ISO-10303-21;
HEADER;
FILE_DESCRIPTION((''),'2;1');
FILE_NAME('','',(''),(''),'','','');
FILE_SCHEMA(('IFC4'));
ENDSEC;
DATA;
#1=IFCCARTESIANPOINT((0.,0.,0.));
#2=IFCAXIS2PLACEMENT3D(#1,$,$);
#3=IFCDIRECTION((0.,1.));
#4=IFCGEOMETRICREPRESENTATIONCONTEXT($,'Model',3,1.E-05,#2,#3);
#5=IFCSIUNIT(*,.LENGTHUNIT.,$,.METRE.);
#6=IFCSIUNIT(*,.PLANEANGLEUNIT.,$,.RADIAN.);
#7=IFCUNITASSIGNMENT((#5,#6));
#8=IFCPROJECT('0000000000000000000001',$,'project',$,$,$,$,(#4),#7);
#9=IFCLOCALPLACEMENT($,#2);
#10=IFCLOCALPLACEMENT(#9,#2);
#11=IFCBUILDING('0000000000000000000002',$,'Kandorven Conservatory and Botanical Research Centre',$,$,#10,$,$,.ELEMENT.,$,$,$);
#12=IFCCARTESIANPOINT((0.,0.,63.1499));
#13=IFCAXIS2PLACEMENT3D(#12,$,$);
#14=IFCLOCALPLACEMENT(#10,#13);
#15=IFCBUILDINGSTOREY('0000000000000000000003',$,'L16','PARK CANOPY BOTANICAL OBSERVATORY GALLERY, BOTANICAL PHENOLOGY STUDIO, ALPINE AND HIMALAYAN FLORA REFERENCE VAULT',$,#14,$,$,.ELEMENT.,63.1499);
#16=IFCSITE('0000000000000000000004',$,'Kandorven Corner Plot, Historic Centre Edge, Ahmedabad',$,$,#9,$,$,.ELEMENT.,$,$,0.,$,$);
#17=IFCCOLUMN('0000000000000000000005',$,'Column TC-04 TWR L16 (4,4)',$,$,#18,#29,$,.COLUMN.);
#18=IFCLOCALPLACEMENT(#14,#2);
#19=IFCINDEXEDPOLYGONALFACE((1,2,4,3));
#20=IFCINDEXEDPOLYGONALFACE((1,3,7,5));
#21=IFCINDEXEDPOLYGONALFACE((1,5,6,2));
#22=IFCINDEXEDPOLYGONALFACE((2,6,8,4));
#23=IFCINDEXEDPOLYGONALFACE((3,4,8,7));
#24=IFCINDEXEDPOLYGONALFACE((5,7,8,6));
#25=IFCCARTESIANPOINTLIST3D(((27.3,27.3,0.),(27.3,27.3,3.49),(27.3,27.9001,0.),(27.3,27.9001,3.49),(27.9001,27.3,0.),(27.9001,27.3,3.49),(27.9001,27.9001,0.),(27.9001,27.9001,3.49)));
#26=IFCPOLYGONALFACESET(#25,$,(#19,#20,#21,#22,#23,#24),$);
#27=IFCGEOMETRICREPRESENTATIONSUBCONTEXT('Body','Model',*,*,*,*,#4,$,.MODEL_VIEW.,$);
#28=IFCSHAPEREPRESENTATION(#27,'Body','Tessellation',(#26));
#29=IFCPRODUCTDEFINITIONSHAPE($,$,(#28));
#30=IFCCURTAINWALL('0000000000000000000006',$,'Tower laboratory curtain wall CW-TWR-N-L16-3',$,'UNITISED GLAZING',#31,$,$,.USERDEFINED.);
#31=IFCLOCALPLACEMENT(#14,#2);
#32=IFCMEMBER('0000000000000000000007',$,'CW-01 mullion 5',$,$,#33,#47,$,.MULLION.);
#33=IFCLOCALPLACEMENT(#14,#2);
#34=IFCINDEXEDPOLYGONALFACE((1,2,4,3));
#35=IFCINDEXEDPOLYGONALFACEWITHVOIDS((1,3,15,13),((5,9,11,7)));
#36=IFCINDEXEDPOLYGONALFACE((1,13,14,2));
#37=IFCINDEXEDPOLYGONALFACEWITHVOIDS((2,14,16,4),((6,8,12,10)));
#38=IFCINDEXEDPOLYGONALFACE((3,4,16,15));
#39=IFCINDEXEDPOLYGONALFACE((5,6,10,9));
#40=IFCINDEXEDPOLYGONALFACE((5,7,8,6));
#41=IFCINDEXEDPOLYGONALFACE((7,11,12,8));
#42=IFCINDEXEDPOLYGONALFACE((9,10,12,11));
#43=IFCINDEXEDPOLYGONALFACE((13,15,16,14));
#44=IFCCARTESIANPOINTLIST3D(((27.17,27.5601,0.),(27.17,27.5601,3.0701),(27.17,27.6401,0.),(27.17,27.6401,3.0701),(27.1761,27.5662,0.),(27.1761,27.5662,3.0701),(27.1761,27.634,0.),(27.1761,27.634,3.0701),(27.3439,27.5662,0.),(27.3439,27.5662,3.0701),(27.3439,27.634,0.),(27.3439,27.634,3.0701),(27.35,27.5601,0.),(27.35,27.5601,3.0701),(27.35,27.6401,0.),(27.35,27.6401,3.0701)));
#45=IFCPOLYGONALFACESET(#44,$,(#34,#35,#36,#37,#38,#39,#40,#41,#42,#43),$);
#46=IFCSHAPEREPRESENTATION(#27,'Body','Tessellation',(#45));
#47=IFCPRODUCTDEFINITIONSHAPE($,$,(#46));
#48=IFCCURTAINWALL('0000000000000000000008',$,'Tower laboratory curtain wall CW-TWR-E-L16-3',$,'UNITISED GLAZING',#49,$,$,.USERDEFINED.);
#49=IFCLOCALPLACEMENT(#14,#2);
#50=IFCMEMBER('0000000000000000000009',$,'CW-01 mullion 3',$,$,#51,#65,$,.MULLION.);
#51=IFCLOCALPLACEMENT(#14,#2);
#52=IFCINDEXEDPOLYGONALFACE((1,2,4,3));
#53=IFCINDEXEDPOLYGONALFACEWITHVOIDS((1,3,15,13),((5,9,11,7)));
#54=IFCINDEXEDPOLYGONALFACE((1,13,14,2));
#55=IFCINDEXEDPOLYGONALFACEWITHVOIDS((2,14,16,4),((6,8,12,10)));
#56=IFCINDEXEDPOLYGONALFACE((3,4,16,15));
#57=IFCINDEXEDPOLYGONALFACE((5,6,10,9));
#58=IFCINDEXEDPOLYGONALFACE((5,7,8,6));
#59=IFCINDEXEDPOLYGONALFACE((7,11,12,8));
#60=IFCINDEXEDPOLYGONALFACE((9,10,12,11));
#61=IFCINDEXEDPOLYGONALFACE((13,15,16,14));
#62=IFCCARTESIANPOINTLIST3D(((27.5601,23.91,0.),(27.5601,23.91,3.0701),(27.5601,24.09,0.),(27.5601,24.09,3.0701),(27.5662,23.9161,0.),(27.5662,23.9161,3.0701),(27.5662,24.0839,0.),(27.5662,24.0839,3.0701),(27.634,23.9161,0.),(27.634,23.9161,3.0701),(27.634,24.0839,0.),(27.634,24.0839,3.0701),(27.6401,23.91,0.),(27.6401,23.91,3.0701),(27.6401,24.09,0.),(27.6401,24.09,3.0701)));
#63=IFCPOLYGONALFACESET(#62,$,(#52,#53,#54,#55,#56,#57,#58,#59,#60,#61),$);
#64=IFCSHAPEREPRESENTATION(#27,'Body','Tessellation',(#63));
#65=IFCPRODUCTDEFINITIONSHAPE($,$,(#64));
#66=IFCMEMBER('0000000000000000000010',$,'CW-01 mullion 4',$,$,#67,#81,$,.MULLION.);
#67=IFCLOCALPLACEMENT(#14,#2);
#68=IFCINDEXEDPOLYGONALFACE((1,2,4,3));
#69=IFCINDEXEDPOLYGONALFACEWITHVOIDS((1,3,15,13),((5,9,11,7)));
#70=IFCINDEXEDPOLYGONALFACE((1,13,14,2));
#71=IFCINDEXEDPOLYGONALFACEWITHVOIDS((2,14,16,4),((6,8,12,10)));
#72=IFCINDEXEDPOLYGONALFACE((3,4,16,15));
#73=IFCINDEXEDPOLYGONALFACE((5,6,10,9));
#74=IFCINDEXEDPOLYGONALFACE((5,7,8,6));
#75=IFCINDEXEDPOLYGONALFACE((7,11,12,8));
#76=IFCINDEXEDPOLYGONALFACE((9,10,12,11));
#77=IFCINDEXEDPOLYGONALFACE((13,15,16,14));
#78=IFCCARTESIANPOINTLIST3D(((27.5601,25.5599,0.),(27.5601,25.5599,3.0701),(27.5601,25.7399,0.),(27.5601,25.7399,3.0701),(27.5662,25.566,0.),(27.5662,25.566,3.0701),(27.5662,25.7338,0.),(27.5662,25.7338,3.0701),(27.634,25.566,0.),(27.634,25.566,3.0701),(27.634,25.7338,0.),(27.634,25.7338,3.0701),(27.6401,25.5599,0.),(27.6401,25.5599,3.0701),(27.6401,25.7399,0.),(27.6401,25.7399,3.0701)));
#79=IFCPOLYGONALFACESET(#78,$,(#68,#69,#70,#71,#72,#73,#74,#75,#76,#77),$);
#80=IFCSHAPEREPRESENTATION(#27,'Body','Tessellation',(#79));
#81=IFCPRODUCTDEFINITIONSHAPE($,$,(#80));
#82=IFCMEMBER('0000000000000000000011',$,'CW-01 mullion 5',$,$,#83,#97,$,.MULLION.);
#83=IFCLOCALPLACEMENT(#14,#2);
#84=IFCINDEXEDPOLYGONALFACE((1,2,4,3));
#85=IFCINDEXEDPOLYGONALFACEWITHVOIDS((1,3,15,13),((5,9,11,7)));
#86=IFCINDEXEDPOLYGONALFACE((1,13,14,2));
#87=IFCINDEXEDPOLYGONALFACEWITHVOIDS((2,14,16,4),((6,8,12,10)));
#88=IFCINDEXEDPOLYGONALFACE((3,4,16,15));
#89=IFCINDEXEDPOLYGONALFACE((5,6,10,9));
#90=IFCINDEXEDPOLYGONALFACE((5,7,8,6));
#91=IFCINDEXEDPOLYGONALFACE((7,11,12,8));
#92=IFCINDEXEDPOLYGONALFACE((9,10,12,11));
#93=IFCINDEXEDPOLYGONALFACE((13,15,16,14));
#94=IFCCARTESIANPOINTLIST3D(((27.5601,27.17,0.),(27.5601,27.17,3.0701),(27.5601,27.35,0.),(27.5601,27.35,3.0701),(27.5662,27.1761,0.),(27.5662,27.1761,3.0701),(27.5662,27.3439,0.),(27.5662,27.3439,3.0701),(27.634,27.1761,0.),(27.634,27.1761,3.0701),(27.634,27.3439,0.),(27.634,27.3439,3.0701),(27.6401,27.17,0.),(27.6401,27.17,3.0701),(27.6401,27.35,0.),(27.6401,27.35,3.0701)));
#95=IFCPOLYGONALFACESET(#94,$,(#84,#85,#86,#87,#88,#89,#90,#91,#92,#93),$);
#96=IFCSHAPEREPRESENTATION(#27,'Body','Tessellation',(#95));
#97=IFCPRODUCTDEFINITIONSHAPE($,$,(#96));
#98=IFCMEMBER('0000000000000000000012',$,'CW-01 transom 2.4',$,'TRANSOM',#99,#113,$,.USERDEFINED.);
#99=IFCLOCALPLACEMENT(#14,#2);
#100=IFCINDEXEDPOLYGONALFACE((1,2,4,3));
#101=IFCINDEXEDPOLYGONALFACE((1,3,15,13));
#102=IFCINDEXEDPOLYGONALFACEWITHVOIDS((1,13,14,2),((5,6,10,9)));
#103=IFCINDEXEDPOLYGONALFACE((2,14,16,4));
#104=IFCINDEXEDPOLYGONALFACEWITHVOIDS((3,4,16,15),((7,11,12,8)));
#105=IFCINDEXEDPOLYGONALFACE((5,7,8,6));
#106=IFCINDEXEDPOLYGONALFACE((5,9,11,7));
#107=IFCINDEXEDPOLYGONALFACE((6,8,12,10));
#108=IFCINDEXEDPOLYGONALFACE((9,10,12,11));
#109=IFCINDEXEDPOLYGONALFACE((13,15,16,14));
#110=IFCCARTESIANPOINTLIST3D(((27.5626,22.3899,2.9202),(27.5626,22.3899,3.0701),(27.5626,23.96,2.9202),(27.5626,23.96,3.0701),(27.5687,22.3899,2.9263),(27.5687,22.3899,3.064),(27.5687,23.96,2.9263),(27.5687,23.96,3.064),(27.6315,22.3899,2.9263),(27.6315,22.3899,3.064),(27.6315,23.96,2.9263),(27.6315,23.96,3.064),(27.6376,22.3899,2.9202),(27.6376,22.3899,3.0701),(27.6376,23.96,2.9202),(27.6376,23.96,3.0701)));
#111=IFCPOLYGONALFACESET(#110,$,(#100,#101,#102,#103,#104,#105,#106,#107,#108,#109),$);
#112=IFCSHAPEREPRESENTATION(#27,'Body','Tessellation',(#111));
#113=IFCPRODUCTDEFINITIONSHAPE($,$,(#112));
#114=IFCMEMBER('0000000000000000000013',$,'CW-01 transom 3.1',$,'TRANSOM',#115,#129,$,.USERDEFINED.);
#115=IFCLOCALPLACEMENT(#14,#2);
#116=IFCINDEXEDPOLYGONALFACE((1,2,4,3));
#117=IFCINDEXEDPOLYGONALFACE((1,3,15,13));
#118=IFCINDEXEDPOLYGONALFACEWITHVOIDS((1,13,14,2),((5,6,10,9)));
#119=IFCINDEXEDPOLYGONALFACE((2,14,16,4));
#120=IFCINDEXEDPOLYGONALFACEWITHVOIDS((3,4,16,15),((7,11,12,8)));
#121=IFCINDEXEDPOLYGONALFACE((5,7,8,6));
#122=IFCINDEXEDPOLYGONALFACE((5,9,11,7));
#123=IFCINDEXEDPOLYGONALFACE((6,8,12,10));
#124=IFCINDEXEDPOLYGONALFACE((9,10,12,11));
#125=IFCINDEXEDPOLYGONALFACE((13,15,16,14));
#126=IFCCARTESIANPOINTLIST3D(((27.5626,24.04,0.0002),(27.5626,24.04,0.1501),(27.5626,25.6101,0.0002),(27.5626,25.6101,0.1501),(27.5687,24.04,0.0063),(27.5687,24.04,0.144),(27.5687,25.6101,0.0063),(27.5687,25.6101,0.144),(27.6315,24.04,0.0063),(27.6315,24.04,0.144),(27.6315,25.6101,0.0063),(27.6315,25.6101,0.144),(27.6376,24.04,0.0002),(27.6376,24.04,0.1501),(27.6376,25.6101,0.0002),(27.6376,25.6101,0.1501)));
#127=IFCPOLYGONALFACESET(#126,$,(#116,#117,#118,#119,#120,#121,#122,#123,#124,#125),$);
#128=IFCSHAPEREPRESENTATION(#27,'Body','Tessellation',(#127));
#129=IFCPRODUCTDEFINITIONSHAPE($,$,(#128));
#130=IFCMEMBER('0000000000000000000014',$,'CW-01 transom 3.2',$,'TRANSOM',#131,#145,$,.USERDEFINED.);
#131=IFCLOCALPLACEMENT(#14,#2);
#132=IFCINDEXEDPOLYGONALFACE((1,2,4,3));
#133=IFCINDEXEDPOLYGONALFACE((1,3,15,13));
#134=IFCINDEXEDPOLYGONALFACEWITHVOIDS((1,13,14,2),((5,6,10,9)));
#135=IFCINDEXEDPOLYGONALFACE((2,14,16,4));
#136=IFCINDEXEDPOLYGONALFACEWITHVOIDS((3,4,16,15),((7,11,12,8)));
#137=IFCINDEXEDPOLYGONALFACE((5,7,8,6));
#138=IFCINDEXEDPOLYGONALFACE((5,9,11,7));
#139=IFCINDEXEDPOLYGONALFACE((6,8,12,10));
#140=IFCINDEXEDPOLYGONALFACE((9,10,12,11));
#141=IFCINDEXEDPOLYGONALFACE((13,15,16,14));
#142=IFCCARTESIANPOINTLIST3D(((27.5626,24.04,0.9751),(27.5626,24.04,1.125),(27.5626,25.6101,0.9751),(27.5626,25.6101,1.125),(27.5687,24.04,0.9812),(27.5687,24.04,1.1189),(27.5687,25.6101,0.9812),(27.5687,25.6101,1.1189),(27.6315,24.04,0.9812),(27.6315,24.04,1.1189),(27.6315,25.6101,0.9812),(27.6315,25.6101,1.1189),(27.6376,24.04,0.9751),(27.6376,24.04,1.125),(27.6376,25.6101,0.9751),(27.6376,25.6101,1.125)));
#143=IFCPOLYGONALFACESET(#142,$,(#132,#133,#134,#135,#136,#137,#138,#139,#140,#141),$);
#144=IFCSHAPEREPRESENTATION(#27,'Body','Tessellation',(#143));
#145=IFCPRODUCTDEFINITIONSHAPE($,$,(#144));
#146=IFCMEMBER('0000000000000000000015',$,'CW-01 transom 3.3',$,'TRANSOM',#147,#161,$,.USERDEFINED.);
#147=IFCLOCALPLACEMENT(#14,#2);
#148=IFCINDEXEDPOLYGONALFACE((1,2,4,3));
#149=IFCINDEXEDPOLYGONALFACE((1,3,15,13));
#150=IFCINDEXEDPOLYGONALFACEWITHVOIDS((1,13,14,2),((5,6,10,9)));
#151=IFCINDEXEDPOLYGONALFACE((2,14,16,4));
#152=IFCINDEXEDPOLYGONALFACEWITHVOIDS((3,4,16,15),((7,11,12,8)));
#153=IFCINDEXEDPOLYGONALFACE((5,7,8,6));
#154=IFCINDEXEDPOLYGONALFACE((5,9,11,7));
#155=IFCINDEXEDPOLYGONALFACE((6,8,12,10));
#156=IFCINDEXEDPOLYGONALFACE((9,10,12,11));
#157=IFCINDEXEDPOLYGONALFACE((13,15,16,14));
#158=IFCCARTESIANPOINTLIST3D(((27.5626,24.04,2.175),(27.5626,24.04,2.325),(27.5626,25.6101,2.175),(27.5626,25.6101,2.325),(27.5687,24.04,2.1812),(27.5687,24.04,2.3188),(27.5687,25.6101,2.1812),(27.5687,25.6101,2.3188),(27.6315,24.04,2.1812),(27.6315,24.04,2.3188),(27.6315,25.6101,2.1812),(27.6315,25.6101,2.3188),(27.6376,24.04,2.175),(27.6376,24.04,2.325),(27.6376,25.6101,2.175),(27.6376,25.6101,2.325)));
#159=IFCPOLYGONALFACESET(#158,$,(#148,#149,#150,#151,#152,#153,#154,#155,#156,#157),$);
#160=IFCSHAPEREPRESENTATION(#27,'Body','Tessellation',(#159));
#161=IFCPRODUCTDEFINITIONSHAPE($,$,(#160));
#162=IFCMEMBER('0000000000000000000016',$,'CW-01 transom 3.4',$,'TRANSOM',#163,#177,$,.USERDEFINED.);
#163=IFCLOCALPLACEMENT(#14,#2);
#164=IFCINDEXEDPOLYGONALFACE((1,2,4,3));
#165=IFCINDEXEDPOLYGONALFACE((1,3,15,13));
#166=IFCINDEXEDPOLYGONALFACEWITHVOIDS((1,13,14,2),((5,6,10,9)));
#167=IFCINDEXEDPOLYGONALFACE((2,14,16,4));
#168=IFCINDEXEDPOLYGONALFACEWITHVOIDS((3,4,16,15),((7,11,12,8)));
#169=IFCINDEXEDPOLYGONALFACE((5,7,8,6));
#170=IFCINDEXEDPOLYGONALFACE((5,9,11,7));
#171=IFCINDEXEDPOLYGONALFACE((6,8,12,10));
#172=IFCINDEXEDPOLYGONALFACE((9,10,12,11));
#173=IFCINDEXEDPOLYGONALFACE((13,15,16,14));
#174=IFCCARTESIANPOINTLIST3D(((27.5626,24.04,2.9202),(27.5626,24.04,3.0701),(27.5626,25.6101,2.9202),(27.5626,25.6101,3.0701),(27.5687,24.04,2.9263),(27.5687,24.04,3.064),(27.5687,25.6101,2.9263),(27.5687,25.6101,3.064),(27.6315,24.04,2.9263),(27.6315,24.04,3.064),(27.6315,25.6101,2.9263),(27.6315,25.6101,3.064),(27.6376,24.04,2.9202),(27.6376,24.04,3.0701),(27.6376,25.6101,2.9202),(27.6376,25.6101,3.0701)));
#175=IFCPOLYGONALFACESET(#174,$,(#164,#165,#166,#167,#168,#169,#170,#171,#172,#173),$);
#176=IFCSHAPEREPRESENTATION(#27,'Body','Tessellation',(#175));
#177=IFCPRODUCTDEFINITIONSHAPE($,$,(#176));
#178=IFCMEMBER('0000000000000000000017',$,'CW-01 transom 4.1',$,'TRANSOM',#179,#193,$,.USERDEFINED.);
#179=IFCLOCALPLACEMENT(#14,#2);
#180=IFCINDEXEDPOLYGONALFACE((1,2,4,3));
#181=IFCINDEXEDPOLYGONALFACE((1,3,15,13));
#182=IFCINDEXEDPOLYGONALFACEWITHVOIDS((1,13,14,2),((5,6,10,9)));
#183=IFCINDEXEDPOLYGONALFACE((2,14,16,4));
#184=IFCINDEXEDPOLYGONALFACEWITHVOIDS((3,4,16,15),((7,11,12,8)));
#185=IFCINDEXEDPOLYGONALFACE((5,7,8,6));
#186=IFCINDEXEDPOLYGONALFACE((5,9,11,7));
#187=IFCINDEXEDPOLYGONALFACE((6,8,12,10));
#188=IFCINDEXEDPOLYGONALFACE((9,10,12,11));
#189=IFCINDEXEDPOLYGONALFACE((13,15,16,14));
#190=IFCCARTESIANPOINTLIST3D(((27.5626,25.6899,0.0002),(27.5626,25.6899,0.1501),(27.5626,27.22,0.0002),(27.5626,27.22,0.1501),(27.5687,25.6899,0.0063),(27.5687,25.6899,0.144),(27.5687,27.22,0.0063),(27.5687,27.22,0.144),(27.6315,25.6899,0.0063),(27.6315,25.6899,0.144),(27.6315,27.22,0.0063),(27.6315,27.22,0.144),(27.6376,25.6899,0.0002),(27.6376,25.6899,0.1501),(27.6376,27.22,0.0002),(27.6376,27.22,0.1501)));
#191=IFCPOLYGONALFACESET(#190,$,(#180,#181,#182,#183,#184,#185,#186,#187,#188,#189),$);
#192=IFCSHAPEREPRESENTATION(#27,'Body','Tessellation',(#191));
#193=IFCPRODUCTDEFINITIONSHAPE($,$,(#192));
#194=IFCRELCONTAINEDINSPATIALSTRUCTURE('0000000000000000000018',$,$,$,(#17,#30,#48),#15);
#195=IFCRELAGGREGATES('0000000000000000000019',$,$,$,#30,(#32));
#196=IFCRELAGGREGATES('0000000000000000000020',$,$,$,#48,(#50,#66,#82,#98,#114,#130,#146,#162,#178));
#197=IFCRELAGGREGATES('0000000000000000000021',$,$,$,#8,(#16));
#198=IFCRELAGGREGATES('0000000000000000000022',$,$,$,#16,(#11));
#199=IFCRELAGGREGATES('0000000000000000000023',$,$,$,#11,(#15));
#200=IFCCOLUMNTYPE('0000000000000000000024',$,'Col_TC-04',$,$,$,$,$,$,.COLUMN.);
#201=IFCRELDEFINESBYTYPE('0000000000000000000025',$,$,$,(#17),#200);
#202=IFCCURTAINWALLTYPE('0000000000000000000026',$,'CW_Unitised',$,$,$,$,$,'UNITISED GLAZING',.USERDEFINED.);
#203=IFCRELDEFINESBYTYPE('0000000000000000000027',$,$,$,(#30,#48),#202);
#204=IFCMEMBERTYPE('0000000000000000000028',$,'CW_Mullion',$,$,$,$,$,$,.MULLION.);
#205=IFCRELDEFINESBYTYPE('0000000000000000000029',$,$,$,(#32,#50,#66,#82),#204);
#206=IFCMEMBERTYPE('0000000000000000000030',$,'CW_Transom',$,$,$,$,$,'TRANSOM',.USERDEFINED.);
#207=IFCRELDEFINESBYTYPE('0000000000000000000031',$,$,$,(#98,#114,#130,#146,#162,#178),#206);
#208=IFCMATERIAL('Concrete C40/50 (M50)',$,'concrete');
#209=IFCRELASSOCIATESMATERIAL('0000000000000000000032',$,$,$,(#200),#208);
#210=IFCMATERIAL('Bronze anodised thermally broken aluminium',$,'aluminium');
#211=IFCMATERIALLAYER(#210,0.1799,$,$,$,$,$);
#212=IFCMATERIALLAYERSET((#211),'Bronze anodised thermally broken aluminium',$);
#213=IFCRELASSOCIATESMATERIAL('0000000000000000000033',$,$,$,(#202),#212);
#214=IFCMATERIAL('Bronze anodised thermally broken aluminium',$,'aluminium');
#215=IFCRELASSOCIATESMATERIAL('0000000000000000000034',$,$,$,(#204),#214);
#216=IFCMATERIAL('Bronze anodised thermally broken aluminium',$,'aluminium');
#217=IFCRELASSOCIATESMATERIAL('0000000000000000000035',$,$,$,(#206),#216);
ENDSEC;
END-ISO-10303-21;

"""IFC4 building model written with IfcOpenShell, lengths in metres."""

from ifc_helpers import new_model, si_unit, direction, frame, origin, origin_2d, place, context, subcontext, project, spatial, rectangle, hollow_rectangle, extrude, material, layer, layer_set, material_profile, profile_set, type_object, element, aggregate, save


model = new_model("IFC4")

# Units and contexts
model_context = context("Model", 3, precision=1e-05, world=origin(), true_north=direction((0.0, 1.0)))
body_context = subcontext(model_context, "Body", "Model", "MODEL_VIEW")
ifc_project = project(units=[si_unit("LENGTHUNIT", "METRE"), si_unit("PLANEANGLEUNIT", "RADIAN")], contexts=[model_context])

# Site, building, storey
site_placement = place(None, origin())
site = spatial("IfcSite", under=ifc_project, at=site_placement, Name="Kandorven Corner Plot, Historic Centre Edge, Ahmedabad", CompositionType="ELEMENT", RefElevation=0.0)
building_placement = place(site_placement, origin())
building = spatial("IfcBuilding", under=site, at=building_placement, Name="Kandorven Conservatory and Botanical Research Centre", CompositionType="ELEMENT")
storey_placement = place(building_placement, frame((0.0, 0.0, 63.1499)))
storey = spatial("IfcBuildingStorey", under=building, at=storey_placement, Name="L16", Description="PARK CANOPY BOTANICAL OBSERVATORY GALLERY, BOTANICAL PHENOLOGY STUDIO, ALPINE AND HIMALAYAN FLORA REFERENCE VAULT", CompositionType="ELEMENT", Elevation=63.1499)

# Column
ifc_material_1 = material(Name="Concrete C40/50 (M50)", Category="concrete")
ifc_material_profile_1 = material_profile(ifc_material_1, rectangle(XDim=0.6001, YDim=0.6001, at=origin_2d()))
ifc_profile_set_1 = profile_set([ifc_material_profile_1], Name="Concrete C40/50 (M50)")
column_type = type_object("IfcColumnType", Name="Col_TC-04", PredefinedType="COLUMN", material=ifc_profile_set_1)
column_placement = place(storey_placement, frame((27.6001, 27.6001, 0.0), z_axis=(0.0, 0.0, 1.0), x_axis=(1.0, 0.0, 0.0)))
element("IfcColumn", 1, at=column_placement, inside=storey, type_object=column_type, Name="Column TC-04 TWR L16 (4,4)", PredefinedType="COLUMN", context=body_context, shape_type="SweptSolid", body=[
    extrude(rectangle(XDim=0.6001, YDim=0.6001, at=origin_2d()), origin(), (0.0, 0.0, 1.0), 3.49),
])

# Curtain wall, member
ifc_material_2 = material(Name="Bronze anodised thermally broken aluminium", Category="aluminium")
ifc_layer_1 = layer(ifc_material_2, 0.1799)
ifc_layer_set_1 = layer_set([ifc_layer_1], Name="Bronze anodised thermally broken aluminium")
curtain_wall_type = type_object("IfcCurtainWallType", Name="CW_Unitised", ElementType="UNITISED GLAZING", PredefinedType="USERDEFINED", material=ifc_layer_set_1)
curtain_wall_1_placement = place(storey_placement, origin())
curtain_wall_1 = element("IfcCurtainWall", 2, at=curtain_wall_1_placement, inside=storey, type_object=curtain_wall_type, Name="Tower laboratory curtain wall CW-TWR-N-L16-3", ObjectType="UNITISED GLAZING", PredefinedType="USERDEFINED")
ifc_material_3 = material(Name="Bronze anodised thermally broken aluminium", Category="aluminium")
ifc_material_profile_2 = material_profile(ifc_material_3, hollow_rectangle(XDim=0.0801, YDim=0.1799, WallThickness=0.0061, at=origin_2d()))
ifc_profile_set_2 = profile_set([ifc_material_profile_2], Name="Bronze anodised thermally broken aluminium")
member_type_1 = type_object("IfcMemberType", Name="CW_Mullion", PredefinedType="MULLION", material=ifc_profile_set_2)
member_1_placement = place(storey_placement, frame((27.26, 27.6001, 0.0), z_axis=(0.0, 0.0, 1.0), x_axis=(0.0, 1.0, 0.0)))
member_1 = element("IfcMember", 3, at=member_1_placement, type_object=member_type_1, Name="CW-01 mullion 5", PredefinedType="MULLION", context=body_context, shape_type="SweptSolid", body=[
    extrude(hollow_rectangle(XDim=0.0801, YDim=0.1799, WallThickness=0.0061, at=origin_2d()), origin(), (0.0, 0.0, 1.0), 3.0701),
])
aggregate(curtain_wall_1, [member_1])

# Curtain wall, members
curtain_wall_2_placement = place(storey_placement, origin())
curtain_wall_2 = element("IfcCurtainWall", 4, at=curtain_wall_2_placement, inside=storey, type_object=curtain_wall_type, Name="Tower laboratory curtain wall CW-TWR-E-L16-3", ObjectType="UNITISED GLAZING", PredefinedType="USERDEFINED")
member_2_placement = place(storey_placement, frame((27.6001, 24.0, 0.0), z_axis=(0.0, 0.0, 1.0), x_axis=(-1.0, 0.0, 0.0)))
member_2 = element("IfcMember", 5, at=member_2_placement, type_object=member_type_1, Name="CW-01 mullion 3", PredefinedType="MULLION", context=body_context, shape_type="SweptSolid", body=[
    extrude(hollow_rectangle(XDim=0.0801, YDim=0.1799, WallThickness=0.0061, at=origin_2d()), origin(), (0.0, 0.0, 1.0), 3.0701),
])
member_3_placement = place(storey_placement, frame((27.6001, 25.6499, 0.0), z_axis=(0.0, 0.0, 1.0), x_axis=(-1.0, 0.0, 0.0)))
member_3 = element("IfcMember", 6, at=member_3_placement, type_object=member_type_1, Name="CW-01 mullion 4", PredefinedType="MULLION", context=body_context, shape_type="SweptSolid", body=[
    extrude(hollow_rectangle(XDim=0.0801, YDim=0.1799, WallThickness=0.0061, at=origin_2d()), origin(), (0.0, 0.0, 1.0), 3.0701),
])
member_4_placement = place(storey_placement, frame((27.6001, 27.26, 0.0), z_axis=(0.0, 0.0, 1.0), x_axis=(-1.0, 0.0, 0.0)))
member_4 = element("IfcMember", 7, at=member_4_placement, type_object=member_type_1, Name="CW-01 mullion 5", PredefinedType="MULLION", context=body_context, shape_type="SweptSolid", body=[
    extrude(hollow_rectangle(XDim=0.0801, YDim=0.1799, WallThickness=0.0061, at=origin_2d()), origin(), (0.0, 0.0, 1.0), 3.0701),
])
ifc_material_4 = material(Name="Bronze anodised thermally broken aluminium", Category="aluminium")
ifc_material_profile_3 = material_profile(ifc_material_4, hollow_rectangle(XDim=0.075, YDim=0.1499, WallThickness=0.0061, at=origin_2d()))
ifc_profile_set_3 = profile_set([ifc_material_profile_3], Name="Bronze anodised thermally broken aluminium")
member_type_2 = type_object("IfcMemberType", Name="CW_Transom", ElementType="TRANSOM", PredefinedType="USERDEFINED", material=ifc_profile_set_3)
member_5_placement = place(storey_placement, frame((27.6001, 22.3899, 2.9951), z_axis=(0.0, 1.0, 0.0), x_axis=(-1.0, 0.0, 0.0)))
member_5 = element("IfcMember", 8, at=member_5_placement, type_object=member_type_2, Name="CW-01 transom 2.4", ObjectType="TRANSOM", PredefinedType="USERDEFINED", context=body_context, shape_type="SweptSolid", body=[
    extrude(hollow_rectangle(XDim=0.075, YDim=0.1499, WallThickness=0.0061, at=origin_2d()), origin(), (0.0, 0.0, 1.0), 1.5701),
])
member_6_placement = place(storey_placement, frame((27.6001, 24.04, 0.0752), z_axis=(0.0, 1.0, 0.0), x_axis=(-1.0, 0.0, 0.0)))
member_6 = element("IfcMember", 9, at=member_6_placement, type_object=member_type_2, Name="CW-01 transom 3.1", ObjectType="TRANSOM", PredefinedType="USERDEFINED", context=body_context, shape_type="SweptSolid", body=[
    extrude(hollow_rectangle(XDim=0.075, YDim=0.1499, WallThickness=0.0061, at=origin_2d()), origin(), (0.0, 0.0, 1.0), 1.5701),
])
member_7_placement = place(storey_placement, frame((27.6001, 24.04, 1.05), z_axis=(0.0, 1.0, 0.0), x_axis=(-1.0, 0.0, 0.0)))
member_7 = element("IfcMember", 10, at=member_7_placement, type_object=member_type_2, Name="CW-01 transom 3.2", ObjectType="TRANSOM", PredefinedType="USERDEFINED", context=body_context, shape_type="SweptSolid", body=[
    extrude(hollow_rectangle(XDim=0.075, YDim=0.1499, WallThickness=0.0061, at=origin_2d()), origin(), (0.0, 0.0, 1.0), 1.5701),
])
member_8_placement = place(storey_placement, frame((27.6001, 24.04, 2.25), z_axis=(0.0, 1.0, 0.0), x_axis=(-1.0, 0.0, 0.0)))
member_8 = element("IfcMember", 11, at=member_8_placement, type_object=member_type_2, Name="CW-01 transom 3.3", ObjectType="TRANSOM", PredefinedType="USERDEFINED", context=body_context, shape_type="SweptSolid", body=[
    extrude(hollow_rectangle(XDim=0.075, YDim=0.1499, WallThickness=0.0061, at=origin_2d()), origin(), (0.0, 0.0, 1.0), 1.5701),
])
member_9_placement = place(storey_placement, frame((27.6001, 24.04, 2.9951), z_axis=(0.0, 1.0, 0.0), x_axis=(-1.0, 0.0, 0.0)))
member_9 = element("IfcMember", 12, at=member_9_placement, type_object=member_type_2, Name="CW-01 transom 3.4", ObjectType="TRANSOM", PredefinedType="USERDEFINED", context=body_context, shape_type="SweptSolid", body=[
    extrude(hollow_rectangle(XDim=0.075, YDim=0.1499, WallThickness=0.0061, at=origin_2d()), origin(), (0.0, 0.0, 1.0), 1.5701),
])
member_10_placement = place(storey_placement, frame((27.6001, 25.6899, 0.0752), z_axis=(0.0, 1.0, 0.0), x_axis=(-1.0, 0.0, 0.0)))
member_10 = element("IfcMember", 13, at=member_10_placement, type_object=member_type_2, Name="CW-01 transom 4.1", ObjectType="TRANSOM", PredefinedType="USERDEFINED", context=body_context, shape_type="SweptSolid", body=[
    extrude(hollow_rectangle(XDim=0.075, YDim=0.1499, WallThickness=0.0061, at=origin_2d()), origin(), (0.0, 0.0, 1.0), 1.53),
])
aggregate(curtain_wall_2, [member_2, member_3, member_4, member_5, member_6, member_7, member_8, member_9, member_10])

save(model, "model.ifc")
